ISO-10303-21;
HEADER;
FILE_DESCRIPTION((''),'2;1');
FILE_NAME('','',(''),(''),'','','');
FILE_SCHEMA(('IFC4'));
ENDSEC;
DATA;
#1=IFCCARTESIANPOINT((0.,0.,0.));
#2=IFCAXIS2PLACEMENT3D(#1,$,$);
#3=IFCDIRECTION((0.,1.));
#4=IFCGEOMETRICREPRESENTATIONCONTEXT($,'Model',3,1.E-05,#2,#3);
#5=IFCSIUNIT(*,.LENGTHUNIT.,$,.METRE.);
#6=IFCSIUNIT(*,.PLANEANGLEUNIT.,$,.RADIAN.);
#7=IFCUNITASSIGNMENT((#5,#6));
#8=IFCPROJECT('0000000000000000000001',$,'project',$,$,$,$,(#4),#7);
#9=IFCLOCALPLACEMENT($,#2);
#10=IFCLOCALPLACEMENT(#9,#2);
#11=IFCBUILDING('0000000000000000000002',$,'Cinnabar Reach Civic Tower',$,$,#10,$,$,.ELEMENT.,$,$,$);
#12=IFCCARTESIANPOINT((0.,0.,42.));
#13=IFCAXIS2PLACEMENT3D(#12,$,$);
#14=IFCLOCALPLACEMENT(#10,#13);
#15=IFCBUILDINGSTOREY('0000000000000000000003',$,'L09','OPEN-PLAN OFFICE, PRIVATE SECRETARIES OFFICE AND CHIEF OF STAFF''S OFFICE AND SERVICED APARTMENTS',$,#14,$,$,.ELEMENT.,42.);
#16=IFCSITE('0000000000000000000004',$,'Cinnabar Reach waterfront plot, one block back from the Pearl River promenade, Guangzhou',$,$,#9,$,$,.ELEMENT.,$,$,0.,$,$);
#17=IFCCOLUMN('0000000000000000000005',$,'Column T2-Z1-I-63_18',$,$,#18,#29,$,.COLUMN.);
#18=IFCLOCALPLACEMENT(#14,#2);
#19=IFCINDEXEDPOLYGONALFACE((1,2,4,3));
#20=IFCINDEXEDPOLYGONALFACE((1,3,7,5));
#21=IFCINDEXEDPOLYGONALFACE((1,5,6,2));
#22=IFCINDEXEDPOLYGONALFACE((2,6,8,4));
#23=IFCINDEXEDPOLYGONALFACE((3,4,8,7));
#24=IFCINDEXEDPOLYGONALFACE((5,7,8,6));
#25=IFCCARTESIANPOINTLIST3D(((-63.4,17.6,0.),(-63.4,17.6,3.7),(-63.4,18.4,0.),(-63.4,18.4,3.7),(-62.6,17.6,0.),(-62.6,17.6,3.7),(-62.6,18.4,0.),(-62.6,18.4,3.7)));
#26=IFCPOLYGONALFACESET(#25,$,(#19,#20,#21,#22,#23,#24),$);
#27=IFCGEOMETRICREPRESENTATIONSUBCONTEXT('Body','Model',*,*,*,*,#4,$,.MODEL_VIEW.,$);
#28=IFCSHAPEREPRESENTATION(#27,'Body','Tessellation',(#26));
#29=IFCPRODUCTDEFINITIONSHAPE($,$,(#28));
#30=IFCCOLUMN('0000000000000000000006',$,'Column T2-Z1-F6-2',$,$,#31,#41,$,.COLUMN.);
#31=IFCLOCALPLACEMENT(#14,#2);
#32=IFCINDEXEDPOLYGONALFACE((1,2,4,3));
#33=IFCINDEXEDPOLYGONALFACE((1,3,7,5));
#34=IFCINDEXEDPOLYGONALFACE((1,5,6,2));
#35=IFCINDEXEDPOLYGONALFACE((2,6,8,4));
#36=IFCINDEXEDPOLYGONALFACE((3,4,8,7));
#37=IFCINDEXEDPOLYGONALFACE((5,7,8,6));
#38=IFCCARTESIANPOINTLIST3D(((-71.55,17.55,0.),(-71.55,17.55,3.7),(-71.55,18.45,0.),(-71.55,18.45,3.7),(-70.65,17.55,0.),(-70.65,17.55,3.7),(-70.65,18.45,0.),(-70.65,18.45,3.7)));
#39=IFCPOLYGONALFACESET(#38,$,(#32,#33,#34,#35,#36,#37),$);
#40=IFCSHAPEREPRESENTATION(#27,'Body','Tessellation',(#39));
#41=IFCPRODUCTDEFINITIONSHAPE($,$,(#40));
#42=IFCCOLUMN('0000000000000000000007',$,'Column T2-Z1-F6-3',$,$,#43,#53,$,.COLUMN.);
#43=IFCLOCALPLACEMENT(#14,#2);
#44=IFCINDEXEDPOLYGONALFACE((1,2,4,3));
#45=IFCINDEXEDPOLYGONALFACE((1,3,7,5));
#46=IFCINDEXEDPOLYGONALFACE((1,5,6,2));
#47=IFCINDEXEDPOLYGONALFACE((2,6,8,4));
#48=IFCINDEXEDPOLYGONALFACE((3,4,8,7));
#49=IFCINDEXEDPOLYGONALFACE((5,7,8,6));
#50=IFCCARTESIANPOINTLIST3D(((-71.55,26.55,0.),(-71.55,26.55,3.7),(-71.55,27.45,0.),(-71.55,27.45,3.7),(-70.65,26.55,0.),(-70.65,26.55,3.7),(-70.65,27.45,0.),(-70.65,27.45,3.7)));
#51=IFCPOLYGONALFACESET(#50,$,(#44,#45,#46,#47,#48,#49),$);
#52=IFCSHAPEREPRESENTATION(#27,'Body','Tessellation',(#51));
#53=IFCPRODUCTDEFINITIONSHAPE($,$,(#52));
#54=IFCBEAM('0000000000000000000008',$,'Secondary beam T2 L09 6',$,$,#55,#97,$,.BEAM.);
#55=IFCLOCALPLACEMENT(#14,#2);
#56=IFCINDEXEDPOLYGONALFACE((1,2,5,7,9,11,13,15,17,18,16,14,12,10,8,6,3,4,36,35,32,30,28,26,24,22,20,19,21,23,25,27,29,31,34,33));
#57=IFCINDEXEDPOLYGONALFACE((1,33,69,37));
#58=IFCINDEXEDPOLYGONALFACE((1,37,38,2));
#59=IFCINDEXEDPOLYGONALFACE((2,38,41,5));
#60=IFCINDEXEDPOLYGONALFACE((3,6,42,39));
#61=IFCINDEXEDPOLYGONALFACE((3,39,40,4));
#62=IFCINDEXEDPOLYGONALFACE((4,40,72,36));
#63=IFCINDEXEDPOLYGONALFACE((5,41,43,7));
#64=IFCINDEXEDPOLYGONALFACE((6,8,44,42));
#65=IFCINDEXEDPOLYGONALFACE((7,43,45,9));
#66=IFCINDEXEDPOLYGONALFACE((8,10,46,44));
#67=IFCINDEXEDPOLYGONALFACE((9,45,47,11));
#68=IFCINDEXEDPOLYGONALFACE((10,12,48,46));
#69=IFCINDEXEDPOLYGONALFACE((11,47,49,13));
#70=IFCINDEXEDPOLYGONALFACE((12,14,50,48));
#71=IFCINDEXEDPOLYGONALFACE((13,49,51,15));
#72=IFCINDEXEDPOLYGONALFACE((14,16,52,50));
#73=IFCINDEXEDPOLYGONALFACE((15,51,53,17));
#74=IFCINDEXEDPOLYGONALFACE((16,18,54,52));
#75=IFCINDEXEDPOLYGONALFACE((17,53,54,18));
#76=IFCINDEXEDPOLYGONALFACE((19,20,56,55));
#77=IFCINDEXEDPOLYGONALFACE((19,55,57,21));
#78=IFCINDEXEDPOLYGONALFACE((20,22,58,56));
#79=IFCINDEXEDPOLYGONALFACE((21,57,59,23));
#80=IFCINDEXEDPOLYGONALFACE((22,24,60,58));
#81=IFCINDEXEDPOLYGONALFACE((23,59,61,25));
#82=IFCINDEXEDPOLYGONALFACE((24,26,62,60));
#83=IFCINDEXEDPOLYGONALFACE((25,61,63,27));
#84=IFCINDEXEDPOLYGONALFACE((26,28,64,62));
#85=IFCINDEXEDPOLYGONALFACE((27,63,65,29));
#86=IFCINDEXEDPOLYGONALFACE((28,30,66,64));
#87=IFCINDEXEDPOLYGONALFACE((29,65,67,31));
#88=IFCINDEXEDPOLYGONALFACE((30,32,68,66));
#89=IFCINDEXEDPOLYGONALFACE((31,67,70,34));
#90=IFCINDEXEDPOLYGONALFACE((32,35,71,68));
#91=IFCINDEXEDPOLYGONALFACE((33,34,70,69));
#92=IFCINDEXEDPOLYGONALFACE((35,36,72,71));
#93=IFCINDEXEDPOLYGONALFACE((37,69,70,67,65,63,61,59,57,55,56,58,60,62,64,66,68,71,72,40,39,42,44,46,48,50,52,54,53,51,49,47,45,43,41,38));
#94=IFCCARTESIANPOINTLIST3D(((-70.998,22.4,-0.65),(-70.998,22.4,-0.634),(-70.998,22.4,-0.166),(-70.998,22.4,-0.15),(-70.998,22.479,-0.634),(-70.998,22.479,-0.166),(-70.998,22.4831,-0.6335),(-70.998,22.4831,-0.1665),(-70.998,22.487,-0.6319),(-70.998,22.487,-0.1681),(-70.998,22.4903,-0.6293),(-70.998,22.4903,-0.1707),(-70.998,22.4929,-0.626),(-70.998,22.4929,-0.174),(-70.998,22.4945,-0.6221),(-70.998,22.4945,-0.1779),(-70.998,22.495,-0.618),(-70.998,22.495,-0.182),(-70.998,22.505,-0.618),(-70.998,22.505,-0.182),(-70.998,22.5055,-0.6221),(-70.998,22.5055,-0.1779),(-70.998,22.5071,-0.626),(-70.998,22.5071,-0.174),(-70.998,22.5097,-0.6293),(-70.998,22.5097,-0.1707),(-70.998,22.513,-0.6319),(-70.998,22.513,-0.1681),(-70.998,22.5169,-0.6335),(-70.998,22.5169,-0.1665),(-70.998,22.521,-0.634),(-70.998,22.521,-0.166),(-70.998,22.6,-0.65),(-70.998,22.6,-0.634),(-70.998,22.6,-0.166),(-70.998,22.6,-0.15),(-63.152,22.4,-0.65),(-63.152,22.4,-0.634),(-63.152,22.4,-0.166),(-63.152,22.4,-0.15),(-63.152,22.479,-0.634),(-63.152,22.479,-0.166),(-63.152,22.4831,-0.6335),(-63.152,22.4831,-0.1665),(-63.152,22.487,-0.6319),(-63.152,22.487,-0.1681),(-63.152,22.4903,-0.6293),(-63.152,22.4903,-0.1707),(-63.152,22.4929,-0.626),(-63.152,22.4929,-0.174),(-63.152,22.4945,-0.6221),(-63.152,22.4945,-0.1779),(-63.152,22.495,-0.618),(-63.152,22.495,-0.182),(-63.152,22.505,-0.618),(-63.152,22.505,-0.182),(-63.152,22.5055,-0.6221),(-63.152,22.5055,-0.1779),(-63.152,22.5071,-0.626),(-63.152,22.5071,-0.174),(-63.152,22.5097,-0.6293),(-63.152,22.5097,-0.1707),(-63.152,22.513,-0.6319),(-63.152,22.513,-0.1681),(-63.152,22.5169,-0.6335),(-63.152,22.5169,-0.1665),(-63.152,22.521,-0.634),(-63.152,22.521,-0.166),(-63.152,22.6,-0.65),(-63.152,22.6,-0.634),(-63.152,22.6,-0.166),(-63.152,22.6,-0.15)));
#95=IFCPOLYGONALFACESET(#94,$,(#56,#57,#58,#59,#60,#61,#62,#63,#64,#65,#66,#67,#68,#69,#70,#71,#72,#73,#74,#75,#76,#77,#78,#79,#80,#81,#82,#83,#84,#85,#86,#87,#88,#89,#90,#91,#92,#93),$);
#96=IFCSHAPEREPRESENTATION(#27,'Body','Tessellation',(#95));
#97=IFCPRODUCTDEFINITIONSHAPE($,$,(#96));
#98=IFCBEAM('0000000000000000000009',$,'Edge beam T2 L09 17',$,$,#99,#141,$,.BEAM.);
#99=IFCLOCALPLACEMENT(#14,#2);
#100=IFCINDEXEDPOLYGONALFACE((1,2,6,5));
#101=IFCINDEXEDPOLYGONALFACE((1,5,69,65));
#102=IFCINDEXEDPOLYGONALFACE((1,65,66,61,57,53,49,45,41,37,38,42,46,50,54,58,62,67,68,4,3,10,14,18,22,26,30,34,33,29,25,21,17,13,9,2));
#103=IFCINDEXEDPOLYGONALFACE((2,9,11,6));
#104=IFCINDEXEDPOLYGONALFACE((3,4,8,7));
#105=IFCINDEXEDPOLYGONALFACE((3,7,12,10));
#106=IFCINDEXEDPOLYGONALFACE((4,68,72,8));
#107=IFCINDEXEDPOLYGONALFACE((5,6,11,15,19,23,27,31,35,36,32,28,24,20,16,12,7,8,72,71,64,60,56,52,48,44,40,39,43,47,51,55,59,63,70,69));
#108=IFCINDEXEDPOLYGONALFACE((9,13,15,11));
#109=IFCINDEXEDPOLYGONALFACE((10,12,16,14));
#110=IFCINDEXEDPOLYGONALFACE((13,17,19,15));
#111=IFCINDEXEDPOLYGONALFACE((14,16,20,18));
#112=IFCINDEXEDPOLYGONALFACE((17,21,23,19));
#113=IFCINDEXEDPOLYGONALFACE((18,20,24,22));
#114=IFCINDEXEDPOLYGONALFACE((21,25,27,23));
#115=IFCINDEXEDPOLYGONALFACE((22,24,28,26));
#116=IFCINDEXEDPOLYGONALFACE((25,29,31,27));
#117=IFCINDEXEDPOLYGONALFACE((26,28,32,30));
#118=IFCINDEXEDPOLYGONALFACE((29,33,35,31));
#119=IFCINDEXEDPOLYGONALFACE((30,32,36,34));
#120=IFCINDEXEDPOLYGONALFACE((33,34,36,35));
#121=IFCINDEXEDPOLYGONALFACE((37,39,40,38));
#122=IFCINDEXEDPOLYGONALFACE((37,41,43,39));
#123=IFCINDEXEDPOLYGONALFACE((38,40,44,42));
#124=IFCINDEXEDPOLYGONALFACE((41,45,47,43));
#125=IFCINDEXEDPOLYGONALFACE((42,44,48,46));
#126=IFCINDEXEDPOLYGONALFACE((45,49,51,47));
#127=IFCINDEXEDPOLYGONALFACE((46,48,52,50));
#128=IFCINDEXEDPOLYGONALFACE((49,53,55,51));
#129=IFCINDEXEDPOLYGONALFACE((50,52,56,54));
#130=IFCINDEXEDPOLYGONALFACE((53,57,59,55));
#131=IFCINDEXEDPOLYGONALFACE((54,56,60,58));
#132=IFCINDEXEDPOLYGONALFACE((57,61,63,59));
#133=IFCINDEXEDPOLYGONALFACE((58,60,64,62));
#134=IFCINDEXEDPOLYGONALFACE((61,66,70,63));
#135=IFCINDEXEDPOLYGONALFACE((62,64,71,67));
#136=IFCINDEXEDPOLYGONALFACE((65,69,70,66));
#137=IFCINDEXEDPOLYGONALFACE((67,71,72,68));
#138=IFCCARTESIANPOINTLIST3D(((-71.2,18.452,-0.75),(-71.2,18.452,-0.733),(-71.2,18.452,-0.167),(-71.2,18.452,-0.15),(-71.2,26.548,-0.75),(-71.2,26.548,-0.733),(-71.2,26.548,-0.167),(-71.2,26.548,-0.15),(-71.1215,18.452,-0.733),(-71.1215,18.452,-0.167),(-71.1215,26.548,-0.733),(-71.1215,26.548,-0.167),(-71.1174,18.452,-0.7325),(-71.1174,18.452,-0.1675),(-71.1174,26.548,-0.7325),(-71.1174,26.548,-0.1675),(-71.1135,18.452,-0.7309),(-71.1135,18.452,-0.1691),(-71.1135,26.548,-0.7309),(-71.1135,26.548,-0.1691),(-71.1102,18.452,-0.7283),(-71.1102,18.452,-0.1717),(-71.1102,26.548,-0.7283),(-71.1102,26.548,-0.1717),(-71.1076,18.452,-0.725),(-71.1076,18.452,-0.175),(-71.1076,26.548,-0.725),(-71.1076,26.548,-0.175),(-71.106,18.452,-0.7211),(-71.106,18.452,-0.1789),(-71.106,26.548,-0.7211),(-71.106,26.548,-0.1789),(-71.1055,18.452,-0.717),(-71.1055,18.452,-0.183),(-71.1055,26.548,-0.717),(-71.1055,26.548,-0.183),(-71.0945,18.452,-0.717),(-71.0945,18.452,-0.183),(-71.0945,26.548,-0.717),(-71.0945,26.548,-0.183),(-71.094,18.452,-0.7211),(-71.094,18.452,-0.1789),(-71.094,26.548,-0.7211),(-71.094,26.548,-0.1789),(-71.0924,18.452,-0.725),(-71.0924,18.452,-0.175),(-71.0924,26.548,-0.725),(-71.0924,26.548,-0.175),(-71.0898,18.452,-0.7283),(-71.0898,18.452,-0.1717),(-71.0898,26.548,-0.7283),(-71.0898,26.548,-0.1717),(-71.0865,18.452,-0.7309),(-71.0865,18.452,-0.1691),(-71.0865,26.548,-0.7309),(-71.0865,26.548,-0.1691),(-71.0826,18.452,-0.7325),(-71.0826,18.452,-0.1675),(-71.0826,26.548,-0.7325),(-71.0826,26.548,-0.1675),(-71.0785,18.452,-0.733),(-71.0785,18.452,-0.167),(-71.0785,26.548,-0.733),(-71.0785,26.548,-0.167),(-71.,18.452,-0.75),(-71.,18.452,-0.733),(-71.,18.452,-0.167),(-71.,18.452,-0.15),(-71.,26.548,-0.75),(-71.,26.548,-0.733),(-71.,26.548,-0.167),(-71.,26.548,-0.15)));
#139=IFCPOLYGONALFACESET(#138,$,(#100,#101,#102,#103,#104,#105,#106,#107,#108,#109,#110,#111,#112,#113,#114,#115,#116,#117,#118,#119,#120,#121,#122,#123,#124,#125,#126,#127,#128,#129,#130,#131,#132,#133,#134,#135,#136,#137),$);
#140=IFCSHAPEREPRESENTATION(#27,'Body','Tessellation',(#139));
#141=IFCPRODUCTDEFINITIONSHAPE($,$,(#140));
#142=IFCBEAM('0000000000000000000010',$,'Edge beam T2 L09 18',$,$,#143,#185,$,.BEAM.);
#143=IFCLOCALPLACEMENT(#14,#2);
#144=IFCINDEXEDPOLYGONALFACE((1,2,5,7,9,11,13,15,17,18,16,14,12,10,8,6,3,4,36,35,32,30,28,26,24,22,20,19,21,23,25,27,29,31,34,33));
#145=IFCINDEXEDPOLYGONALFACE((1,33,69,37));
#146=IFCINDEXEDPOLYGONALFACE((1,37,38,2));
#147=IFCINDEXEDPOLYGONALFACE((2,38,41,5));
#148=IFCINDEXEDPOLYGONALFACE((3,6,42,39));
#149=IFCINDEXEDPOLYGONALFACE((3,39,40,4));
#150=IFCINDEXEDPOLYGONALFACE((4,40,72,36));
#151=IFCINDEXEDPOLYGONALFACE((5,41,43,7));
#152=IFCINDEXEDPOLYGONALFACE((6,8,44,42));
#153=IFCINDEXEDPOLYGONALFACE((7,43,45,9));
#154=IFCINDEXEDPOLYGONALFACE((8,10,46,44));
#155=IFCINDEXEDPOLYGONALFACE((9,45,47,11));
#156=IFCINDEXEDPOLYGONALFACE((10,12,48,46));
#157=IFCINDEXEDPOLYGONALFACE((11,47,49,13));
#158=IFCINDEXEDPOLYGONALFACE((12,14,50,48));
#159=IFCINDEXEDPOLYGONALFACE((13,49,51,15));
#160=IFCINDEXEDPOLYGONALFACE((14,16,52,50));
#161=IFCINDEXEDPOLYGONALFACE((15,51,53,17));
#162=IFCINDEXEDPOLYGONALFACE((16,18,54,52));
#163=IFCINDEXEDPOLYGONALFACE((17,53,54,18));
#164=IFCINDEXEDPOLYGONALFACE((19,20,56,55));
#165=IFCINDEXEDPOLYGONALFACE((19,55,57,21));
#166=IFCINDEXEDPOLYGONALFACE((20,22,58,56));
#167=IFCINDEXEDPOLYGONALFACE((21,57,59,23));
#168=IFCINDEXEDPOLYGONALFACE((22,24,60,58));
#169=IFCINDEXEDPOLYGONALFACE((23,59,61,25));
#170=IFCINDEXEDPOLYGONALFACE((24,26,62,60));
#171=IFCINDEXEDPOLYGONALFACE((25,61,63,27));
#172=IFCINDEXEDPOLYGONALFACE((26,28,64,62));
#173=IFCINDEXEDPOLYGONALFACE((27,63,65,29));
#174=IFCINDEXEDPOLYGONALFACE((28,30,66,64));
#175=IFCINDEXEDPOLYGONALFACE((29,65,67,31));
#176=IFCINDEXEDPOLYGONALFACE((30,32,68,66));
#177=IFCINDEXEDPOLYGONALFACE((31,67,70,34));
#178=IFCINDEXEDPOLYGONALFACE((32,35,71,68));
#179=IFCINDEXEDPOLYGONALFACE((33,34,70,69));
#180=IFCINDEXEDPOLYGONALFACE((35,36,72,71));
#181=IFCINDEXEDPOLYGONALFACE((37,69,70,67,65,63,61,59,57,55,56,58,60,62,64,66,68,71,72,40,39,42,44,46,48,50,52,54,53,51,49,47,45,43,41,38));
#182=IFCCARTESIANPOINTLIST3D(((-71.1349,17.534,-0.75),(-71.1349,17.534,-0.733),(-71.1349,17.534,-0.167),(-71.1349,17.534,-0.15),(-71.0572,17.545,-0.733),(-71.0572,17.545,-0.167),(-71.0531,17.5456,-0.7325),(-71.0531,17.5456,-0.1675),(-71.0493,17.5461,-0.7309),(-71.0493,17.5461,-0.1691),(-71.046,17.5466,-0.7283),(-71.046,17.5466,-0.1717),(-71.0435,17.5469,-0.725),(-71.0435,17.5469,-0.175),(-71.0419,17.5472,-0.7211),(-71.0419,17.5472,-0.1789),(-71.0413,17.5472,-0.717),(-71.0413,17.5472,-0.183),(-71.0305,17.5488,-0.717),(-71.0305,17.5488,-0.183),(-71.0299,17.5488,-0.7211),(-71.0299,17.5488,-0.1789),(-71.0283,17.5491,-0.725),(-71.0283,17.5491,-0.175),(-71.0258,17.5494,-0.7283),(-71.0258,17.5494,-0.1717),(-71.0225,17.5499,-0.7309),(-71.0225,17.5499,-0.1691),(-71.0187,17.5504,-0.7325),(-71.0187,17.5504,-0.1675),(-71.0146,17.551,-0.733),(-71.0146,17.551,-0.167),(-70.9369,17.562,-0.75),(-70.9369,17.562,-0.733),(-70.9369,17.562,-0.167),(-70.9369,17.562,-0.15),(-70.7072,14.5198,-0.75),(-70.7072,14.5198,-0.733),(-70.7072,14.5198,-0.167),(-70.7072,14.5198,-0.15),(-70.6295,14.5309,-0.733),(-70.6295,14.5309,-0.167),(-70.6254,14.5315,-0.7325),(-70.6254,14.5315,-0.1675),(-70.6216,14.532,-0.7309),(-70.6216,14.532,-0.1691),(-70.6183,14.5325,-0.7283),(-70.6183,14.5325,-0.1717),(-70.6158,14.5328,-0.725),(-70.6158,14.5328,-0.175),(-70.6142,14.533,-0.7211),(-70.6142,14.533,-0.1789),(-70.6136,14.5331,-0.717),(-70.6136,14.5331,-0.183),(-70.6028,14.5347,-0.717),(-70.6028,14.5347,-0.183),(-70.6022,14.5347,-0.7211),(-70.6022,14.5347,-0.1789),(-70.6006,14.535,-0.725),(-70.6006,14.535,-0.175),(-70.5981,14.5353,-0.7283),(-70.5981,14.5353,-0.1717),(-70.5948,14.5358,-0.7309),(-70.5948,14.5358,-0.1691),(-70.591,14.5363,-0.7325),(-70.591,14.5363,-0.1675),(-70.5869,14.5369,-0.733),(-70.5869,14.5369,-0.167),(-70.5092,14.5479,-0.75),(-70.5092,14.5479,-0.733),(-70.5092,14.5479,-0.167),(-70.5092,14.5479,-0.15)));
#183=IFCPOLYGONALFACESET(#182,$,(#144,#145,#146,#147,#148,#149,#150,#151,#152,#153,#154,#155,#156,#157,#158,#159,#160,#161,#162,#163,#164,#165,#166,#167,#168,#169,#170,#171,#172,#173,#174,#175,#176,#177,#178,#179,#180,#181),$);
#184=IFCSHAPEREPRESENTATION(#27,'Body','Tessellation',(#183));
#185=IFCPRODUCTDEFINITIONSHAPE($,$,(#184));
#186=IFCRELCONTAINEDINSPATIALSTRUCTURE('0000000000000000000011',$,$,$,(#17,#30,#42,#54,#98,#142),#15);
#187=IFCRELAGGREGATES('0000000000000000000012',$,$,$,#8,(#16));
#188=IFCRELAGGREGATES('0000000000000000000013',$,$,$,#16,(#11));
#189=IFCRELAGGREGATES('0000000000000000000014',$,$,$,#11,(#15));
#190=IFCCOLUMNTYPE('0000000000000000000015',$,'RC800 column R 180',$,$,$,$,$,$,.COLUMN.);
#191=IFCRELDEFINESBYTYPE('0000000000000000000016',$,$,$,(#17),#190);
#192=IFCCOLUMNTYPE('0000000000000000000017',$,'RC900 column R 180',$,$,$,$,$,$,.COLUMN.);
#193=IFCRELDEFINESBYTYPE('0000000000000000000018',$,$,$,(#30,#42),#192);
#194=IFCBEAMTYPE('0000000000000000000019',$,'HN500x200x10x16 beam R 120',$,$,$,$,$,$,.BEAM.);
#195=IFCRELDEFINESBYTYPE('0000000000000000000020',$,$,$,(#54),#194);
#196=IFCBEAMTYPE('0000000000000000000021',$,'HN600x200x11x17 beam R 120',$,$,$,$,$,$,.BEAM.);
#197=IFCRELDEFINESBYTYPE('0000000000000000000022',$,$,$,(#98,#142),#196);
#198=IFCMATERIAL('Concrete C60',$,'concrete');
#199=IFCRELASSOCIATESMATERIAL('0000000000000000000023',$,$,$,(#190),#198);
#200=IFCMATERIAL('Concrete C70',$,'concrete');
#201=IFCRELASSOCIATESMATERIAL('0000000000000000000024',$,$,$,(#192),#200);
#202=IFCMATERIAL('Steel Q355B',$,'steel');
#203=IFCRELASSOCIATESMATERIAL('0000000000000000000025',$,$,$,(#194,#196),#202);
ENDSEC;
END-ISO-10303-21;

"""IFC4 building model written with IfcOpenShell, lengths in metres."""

from ifc_helpers import new_model, si_unit, direction, frame, origin, origin_2d, place, context, subcontext, project, spatial, rectangle, i_section, extrude, material, material_profile, profile_set, type_object, element, save


model = new_model("IFC4")

# Units and contexts
model_context = context("Model", 3, precision=1e-05, world=origin(), true_north=direction((0.0, 1.0)))
body_context = subcontext(model_context, "Body", "Model", "MODEL_VIEW")
ifc_project = project(units=[si_unit("LENGTHUNIT", "METRE"), si_unit("PLANEANGLEUNIT", "RADIAN")], contexts=[model_context])

# Site, building, storey
site_placement = place(None, origin())
site = spatial("IfcSite", under=ifc_project, at=site_placement, Name="Cinnabar Reach waterfront plot, one block back from the Pearl River promenade, Guangzhou", CompositionType="ELEMENT", RefElevation=0.0)
building_placement = place(site_placement, origin())
building = spatial("IfcBuilding", under=site, at=building_placement, Name="Cinnabar Reach Civic Tower", CompositionType="ELEMENT")
storey_placement = place(building_placement, frame((0.0, 0.0, 42.0)))
storey = spatial("IfcBuildingStorey", under=building, at=storey_placement, Name="L09", Description="OPEN-PLAN OFFICE, PRIVATE SECRETARIES OFFICE AND CHIEF OF STAFF'S OFFICE AND SERVICED APARTMENTS", CompositionType="ELEMENT", Elevation=42.0)

# Columns
ifc_material_1 = material(Name="Concrete C60", Category="concrete")
ifc_material_profile_1 = material_profile(ifc_material_1, rectangle(XDim=0.8, YDim=0.8, at=origin_2d()), Name="RC800")
ifc_profile_set_1 = profile_set([ifc_material_profile_1], Name="Concrete C60")
column_type_1 = type_object("IfcColumnType", Name="RC800 column R 180", PredefinedType="COLUMN", material=ifc_profile_set_1)
column_placement = place(storey_placement, frame((-63.0, 18.0, 0.0), z_axis=(0.0, 0.0, 1.0), x_axis=(1.0, 0.0, 0.0)))
element("IfcColumn", 1, at=column_placement, inside=storey, type_object=column_type_1, Name="Column T2-Z1-I-63_18", PredefinedType="COLUMN", context=body_context, shape_type="SweptSolid", body=[
    extrude(rectangle(XDim=0.8, YDim=0.8, at=origin_2d()), origin(), (0.0, 0.0, 1.0), 3.7),
])
ifc_material_2 = material(Name="Concrete C70", Category="concrete")
ifc_material_profile_2 = material_profile(ifc_material_2, rectangle(XDim=0.9, YDim=0.9, at=origin_2d()), Name="RC900")
ifc_profile_set_2 = profile_set([ifc_material_profile_2], Name="Concrete C70")
column_type_2 = type_object("IfcColumnType", Name="RC900 column R 180", PredefinedType="COLUMN", material=ifc_profile_set_2)
for number, where, z_axis, x_axis, name in (
    (2, (-71.1, 18.0, 0.0), (0.0, 0.0, 1.0), (1.0, 0.0, 0.0), "Column T2-Z1-F6-2"),
    (3, (-71.1, 27.0, 0.0), (0.0, 0.0, 1.0), (1.0, 0.0, 0.0), "Column T2-Z1-F6-3"),
):
    element("IfcColumn", number, at=place(storey_placement, frame(where, z_axis=z_axis, x_axis=x_axis)), inside=storey, type_object=column_type_2, Name=name, PredefinedType="COLUMN", context=body_context, shape_type="SweptSolid", body=[
        extrude(rectangle(XDim=0.9, YDim=0.9, at=origin_2d()), origin(), (0.0, 0.0, 1.0), 3.7),
    ])

# Beams
ifc_material_3 = material(Name="Steel Q355B", Category="steel")
ifc_material_profile_3 = material_profile(ifc_material_3, i_section(OverallWidth=0.2, OverallDepth=0.5, WebThickness=0.01, FlangeThickness=0.016, FilletRadius=0.016, at=origin_2d()), Name="HN500x200x10x16")
ifc_profile_set_3 = profile_set([ifc_material_profile_3], Name="Steel Q355B")
beam_type_1 = type_object("IfcBeamType", Name="HN500x200x10x16 beam R 120", PredefinedType="BEAM", material=ifc_profile_set_3)
beam_1_placement = place(storey_placement, frame((-70.998, 22.5, -0.4), z_axis=(1.0, 0.0, 0.0), x_axis=(0.0, 1.0, 0.0)))
element("IfcBeam", 4, at=beam_1_placement, inside=storey, type_object=beam_type_1, Name="Secondary beam T2 L09 6", PredefinedType="BEAM", context=body_context, shape_type="SweptSolid", body=[
    extrude(i_section(OverallWidth=0.2, OverallDepth=0.5, WebThickness=0.01, FlangeThickness=0.016, FilletRadius=0.016, at=origin_2d()), origin(), (0.0, 0.0, 1.0), 7.846),
])
ifc_material_profile_4 = material_profile(ifc_material_3, i_section(OverallWidth=0.2, OverallDepth=0.6, WebThickness=0.011, FlangeThickness=0.017, FilletRadius=0.016, at=origin_2d()), Name="HN600x200x11x17")
ifc_profile_set_4 = profile_set([ifc_material_profile_4], Name="Steel Q355B")
beam_type_2 = type_object("IfcBeamType", Name="HN600x200x11x17 beam R 120", PredefinedType="BEAM", material=ifc_profile_set_4)
beam_2_placement = place(storey_placement, frame((-71.1, 26.548, -0.45), z_axis=(0.0, -1.0, 0.0), x_axis=(1.0, 0.0, 0.0)))
element("IfcBeam", 5, at=beam_2_placement, inside=storey, type_object=beam_type_2, Name="Edge beam T2 L09 17", PredefinedType="BEAM", context=body_context, shape_type="SweptSolid", body=[
    extrude(i_section(OverallWidth=0.2, OverallDepth=0.6, WebThickness=0.011, FlangeThickness=0.017, FilletRadius=0.016, at=origin_2d()), origin(), (0.0, 0.0, 1.0), 8.096),
])
beam_3_placement = place(storey_placement, frame((-71.0359, 17.548, -0.45), z_axis=(0.140492, -0.990082, 0.0), x_axis=(0.990082, 0.140492, 0.0)))
element("IfcBeam", 6, at=beam_3_placement, inside=storey, type_object=beam_type_2, Name="Edge beam T2 L09 18", PredefinedType="BEAM", context=body_context, shape_type="SweptSolid", body=[
    extrude(i_section(OverallWidth=0.2, OverallDepth=0.6, WebThickness=0.011, FlangeThickness=0.017, FilletRadius=0.016, at=origin_2d()), origin(), (0.0, 0.0, 1.0), 3.0443),
])

save(model, "model.ifc")
